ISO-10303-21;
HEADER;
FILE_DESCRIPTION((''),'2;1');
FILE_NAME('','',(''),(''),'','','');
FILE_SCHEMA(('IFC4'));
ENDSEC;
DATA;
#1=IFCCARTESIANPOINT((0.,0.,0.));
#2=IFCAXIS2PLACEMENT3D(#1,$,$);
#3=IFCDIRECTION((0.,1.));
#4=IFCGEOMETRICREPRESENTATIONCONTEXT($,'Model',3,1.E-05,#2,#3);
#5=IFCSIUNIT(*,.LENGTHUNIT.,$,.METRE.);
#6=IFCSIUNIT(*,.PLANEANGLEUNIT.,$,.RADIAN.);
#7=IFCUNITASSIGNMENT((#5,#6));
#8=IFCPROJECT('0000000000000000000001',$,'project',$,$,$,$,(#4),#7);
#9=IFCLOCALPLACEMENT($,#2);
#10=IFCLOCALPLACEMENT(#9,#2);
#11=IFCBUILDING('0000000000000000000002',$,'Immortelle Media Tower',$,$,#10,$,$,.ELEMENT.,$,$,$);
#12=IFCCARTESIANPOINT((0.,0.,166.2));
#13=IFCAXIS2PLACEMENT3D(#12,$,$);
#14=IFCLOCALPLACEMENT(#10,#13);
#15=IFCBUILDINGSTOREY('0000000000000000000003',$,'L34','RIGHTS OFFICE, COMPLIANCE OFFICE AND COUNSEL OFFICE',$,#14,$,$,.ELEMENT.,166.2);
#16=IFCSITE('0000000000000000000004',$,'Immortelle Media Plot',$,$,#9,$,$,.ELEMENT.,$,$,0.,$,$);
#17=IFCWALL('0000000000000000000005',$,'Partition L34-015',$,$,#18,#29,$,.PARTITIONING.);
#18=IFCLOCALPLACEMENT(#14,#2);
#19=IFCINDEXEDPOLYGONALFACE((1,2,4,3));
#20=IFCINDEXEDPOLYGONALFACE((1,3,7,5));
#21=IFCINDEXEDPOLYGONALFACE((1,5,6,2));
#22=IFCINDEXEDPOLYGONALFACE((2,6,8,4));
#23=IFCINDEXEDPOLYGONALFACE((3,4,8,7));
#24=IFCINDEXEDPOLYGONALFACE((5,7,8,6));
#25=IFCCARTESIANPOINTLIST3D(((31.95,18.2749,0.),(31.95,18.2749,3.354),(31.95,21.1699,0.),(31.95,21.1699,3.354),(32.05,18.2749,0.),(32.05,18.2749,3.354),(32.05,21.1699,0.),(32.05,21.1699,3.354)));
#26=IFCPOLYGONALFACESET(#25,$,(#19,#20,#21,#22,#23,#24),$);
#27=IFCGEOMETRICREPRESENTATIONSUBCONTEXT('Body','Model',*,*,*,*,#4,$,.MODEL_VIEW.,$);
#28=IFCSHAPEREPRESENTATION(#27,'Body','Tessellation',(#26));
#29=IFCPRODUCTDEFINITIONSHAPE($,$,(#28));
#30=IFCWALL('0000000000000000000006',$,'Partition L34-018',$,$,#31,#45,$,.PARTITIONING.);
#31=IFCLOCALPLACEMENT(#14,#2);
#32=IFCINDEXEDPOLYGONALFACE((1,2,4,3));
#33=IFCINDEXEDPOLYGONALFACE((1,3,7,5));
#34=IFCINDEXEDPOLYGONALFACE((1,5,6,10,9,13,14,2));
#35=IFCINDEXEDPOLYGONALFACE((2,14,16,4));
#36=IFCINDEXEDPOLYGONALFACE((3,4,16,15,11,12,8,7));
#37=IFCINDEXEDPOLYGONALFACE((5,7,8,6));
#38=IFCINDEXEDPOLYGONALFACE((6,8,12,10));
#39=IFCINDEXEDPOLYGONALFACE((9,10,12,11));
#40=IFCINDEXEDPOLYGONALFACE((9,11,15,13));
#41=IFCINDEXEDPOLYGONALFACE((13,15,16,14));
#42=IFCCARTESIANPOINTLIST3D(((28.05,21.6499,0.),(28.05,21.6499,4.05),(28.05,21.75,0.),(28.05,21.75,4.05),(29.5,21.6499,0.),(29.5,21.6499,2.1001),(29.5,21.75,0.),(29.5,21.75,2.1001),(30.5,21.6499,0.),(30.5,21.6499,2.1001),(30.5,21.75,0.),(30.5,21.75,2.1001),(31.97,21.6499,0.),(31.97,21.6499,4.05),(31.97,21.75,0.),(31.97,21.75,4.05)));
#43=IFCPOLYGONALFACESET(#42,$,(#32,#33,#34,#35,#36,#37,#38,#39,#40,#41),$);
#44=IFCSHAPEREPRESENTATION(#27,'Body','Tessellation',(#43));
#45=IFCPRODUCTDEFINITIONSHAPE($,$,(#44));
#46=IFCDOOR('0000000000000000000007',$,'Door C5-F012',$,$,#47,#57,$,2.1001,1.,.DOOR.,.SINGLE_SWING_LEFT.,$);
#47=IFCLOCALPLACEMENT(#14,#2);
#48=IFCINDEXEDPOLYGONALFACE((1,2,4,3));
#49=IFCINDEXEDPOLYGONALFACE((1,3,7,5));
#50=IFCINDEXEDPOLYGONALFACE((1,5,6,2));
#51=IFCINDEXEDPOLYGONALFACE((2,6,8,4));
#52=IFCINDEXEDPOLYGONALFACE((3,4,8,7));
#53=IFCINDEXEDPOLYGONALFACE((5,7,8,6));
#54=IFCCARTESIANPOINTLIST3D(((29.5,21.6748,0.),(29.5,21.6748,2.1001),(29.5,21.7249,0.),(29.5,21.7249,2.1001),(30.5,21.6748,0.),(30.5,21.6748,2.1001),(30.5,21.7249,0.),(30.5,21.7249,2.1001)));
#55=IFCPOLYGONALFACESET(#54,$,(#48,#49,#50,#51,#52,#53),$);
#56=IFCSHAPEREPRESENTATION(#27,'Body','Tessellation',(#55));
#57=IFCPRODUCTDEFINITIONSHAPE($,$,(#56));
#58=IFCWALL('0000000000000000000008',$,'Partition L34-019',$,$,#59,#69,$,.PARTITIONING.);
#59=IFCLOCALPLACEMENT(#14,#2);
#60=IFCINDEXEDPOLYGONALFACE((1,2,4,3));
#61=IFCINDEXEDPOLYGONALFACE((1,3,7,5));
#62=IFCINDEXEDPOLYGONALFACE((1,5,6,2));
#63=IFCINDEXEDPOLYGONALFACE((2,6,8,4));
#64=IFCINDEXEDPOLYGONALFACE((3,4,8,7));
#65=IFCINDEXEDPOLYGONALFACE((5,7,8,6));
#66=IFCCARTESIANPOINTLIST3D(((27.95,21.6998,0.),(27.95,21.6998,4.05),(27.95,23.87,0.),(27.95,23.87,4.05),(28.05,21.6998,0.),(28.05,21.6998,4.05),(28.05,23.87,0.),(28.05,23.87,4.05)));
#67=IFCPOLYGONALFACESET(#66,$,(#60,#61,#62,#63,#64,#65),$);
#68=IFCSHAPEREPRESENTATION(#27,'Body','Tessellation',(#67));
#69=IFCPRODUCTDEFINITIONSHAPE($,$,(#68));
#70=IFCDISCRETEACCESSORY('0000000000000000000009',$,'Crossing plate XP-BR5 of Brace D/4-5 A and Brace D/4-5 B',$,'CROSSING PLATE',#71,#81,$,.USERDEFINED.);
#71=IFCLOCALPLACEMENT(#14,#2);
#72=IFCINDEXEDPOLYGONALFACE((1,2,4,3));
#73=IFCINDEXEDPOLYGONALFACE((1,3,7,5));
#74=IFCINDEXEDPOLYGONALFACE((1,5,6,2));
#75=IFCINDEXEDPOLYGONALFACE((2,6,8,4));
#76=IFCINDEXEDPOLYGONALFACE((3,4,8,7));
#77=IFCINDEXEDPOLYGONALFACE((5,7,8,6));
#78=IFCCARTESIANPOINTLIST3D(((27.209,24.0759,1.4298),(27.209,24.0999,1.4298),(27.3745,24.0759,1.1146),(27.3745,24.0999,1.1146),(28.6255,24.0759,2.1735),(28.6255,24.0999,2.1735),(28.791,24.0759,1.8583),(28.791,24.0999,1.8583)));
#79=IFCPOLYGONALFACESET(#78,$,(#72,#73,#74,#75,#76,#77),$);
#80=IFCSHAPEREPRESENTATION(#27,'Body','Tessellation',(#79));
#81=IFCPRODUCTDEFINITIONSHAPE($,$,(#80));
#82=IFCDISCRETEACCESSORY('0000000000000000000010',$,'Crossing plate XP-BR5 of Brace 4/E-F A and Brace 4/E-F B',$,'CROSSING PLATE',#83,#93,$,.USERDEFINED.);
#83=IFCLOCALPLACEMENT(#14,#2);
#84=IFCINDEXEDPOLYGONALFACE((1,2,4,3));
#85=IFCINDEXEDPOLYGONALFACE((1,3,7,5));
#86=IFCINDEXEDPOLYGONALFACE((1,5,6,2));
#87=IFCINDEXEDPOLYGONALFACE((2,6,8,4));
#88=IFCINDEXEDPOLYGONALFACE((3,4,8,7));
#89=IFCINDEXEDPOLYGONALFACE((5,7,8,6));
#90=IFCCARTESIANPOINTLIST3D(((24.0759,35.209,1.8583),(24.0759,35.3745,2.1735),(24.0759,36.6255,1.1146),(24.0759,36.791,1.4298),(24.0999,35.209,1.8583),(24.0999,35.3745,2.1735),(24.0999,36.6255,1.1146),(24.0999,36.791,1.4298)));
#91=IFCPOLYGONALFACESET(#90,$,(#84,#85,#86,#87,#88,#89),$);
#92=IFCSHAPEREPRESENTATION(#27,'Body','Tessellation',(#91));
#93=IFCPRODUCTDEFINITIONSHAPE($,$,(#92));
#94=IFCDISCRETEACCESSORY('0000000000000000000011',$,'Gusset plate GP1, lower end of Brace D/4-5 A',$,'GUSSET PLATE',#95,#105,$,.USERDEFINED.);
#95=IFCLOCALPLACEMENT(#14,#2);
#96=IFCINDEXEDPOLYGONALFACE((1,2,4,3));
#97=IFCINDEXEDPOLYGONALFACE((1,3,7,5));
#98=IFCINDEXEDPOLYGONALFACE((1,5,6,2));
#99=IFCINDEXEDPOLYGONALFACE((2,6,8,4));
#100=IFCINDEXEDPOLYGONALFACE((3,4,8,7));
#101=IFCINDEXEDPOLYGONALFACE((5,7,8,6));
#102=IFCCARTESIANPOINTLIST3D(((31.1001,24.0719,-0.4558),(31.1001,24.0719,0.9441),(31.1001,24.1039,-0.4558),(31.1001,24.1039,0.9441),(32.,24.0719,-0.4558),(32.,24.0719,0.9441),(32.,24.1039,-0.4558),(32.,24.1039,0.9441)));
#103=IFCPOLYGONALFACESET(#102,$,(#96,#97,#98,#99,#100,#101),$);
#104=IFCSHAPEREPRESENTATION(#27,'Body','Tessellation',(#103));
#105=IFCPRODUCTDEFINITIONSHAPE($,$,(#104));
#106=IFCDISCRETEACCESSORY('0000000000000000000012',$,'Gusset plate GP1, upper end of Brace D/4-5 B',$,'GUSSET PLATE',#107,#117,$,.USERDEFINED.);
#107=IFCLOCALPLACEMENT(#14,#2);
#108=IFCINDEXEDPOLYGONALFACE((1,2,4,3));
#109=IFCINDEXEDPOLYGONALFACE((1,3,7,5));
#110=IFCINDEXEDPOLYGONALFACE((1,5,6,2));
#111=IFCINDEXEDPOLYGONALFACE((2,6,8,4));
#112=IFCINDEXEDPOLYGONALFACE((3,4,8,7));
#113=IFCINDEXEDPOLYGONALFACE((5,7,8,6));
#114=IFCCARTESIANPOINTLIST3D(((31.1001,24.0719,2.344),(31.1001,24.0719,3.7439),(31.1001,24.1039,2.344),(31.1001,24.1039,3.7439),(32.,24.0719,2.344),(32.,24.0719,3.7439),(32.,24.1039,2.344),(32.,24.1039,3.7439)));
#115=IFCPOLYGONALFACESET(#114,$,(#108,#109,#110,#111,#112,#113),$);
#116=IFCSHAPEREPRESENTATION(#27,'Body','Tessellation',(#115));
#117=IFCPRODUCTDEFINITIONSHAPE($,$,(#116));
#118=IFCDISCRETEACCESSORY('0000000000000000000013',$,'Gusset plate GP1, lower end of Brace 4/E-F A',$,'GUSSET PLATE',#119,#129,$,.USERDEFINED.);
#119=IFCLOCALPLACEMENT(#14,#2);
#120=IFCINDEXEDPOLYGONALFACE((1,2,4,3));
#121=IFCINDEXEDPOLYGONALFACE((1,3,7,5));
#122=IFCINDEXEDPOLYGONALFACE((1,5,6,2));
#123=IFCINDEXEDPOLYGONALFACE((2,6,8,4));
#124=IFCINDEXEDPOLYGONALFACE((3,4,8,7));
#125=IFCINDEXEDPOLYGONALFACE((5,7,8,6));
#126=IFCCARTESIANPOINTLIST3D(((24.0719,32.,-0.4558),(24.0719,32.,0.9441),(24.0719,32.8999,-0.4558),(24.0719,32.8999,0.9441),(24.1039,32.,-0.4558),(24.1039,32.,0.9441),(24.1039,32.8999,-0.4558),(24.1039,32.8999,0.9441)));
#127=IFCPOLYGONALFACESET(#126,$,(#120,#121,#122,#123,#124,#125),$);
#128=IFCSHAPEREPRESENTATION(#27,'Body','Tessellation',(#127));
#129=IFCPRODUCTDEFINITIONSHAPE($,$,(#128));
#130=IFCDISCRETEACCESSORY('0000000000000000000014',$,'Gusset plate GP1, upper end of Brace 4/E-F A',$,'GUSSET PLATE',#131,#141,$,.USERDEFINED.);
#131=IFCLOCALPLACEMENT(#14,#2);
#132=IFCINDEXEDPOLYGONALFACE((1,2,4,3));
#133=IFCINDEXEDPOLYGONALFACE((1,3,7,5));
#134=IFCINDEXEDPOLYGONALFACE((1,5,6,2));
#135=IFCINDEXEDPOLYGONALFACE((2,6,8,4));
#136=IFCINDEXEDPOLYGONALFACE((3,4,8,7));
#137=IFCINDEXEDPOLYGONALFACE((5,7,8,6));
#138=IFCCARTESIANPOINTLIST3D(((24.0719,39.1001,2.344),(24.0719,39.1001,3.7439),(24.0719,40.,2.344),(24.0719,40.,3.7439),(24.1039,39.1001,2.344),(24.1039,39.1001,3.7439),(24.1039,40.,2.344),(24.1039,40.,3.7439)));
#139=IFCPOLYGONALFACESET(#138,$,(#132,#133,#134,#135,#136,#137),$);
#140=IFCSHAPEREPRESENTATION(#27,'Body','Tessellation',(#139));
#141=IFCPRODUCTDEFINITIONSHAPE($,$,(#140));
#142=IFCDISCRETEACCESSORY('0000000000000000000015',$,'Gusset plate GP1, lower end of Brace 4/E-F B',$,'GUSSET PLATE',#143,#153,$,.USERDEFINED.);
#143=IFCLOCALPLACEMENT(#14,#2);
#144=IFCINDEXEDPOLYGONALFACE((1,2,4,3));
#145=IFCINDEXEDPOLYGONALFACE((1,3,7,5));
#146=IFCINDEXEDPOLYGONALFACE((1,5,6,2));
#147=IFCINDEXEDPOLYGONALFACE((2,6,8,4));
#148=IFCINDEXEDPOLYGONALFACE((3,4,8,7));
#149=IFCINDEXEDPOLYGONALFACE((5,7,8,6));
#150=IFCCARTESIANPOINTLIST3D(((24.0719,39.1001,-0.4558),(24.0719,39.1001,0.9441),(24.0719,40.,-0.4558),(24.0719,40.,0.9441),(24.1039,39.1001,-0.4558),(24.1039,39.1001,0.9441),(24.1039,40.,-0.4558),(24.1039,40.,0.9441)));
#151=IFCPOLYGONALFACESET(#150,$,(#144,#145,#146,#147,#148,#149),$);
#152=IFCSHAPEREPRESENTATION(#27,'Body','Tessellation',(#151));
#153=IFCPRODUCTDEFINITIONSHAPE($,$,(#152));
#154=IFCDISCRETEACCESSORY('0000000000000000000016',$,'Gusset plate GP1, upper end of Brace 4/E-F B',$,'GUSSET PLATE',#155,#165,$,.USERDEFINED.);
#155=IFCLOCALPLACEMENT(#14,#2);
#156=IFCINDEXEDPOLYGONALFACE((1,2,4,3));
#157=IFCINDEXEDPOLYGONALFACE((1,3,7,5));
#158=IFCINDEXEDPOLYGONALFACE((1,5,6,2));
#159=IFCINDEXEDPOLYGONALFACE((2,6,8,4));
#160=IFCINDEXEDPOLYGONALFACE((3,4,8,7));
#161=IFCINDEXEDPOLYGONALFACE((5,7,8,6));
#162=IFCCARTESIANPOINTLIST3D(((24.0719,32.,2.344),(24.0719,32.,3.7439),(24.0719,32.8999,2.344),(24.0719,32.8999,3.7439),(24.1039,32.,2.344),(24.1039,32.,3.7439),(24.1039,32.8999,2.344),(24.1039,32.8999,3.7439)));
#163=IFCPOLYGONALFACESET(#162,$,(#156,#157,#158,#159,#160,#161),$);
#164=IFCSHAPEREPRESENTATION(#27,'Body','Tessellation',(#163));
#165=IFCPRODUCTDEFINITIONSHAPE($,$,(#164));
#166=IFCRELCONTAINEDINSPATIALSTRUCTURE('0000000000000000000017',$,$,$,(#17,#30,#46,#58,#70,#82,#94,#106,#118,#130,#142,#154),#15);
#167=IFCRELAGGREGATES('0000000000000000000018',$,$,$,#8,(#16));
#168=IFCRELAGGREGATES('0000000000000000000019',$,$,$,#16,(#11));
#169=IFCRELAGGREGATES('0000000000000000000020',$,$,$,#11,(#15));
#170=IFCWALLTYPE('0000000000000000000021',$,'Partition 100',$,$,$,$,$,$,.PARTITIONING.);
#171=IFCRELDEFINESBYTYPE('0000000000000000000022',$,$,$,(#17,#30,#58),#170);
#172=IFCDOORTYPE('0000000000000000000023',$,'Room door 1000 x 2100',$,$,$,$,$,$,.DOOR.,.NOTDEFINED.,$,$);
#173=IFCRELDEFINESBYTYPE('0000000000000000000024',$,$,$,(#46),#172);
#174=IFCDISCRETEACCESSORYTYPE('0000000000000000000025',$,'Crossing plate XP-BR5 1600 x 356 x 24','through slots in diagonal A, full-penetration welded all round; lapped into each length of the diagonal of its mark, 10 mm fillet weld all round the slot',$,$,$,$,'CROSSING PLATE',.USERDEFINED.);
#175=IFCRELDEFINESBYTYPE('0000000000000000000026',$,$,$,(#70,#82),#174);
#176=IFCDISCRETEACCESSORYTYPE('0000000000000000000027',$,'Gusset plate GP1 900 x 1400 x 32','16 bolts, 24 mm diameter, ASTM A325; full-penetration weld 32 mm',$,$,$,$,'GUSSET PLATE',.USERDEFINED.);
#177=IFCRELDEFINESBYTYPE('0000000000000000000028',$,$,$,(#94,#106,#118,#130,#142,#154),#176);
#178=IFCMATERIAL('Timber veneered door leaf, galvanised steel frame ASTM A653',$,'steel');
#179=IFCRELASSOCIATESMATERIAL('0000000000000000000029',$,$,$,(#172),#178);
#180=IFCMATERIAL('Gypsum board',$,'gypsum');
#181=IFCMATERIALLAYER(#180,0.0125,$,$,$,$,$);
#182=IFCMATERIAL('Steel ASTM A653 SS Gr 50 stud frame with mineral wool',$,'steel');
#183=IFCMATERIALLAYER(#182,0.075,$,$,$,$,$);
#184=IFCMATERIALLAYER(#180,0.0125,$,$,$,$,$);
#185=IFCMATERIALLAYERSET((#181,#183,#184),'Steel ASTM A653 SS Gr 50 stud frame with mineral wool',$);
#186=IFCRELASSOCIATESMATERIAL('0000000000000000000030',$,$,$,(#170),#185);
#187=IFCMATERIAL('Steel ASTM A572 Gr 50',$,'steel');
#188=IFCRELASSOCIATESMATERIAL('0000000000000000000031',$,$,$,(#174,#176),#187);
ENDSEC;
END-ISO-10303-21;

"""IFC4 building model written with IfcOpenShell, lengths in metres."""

from ifc_helpers import new_model, si_unit, direction, frame, frame_2d, origin, origin_2d, place, context, subcontext, project, spatial, rectangle, extrude, material, layer, layer_set, material_profile, profile_set, type_object, element, fill, save


model = new_model("IFC4")

# Units and contexts
model_context = context("Model", 3, precision=1e-05, world=origin(), true_north=direction((0.0, 1.0)))
body_context = subcontext(model_context, "Body", "Model", "MODEL_VIEW")
ifc_project = project(units=[si_unit("LENGTHUNIT", "METRE"), si_unit("PLANEANGLEUNIT", "RADIAN")], contexts=[model_context])

# Site, building, storey
site_placement = place(None, origin())
site = spatial("IfcSite", under=ifc_project, at=site_placement, Name="Immortelle Media Plot", CompositionType="ELEMENT", RefElevation=0.0)
building_placement = place(site_placement, origin())
building = spatial("IfcBuilding", under=site, at=building_placement, Name="Immortelle Media Tower", CompositionType="ELEMENT")
storey_placement = place(building_placement, frame((0.0, 0.0, 166.2)))
storey = spatial("IfcBuildingStorey", under=building, at=storey_placement, Name="L34", Description="RIGHTS OFFICE, COMPLIANCE OFFICE AND COUNSEL OFFICE", CompositionType="ELEMENT", Elevation=166.2)

# Shared definitions
ifc_material_1 = material(Name="Steel ASTM A653 SS Gr 50 stud frame with mineral wool", Category="steel")
ifc_material_2 = material(Name="Timber veneered door leaf, galvanised steel frame ASTM A653", Category="steel")
door_type = type_object("IfcDoorType", Name="Room door 1000 x 2100", OperationType="NOTDEFINED", PredefinedType="DOOR", material=ifc_material_2)

# Wall
ifc_material_3 = material(Name="Gypsum board", Category="gypsum")
ifc_layer_1 = layer(ifc_material_3, 0.0125)
ifc_layer_2 = layer(ifc_material_1, 0.075)
ifc_layer_3 = layer(ifc_material_3, 0.0125)
ifc_layer_set_1 = layer_set([ifc_layer_1, ifc_layer_2, ifc_layer_3], Name="Steel ASTM A653 SS Gr 50 stud frame with mineral wool")
wall_type_1 = type_object("IfcWallType", Name="Partition 100", PredefinedType="PARTITIONING", material=ifc_layer_set_1)
wall_1_placement = place(storey_placement, frame((32.0, 18.2749, 0.0), z_axis=(0.0, 0.0, 1.0), x_axis=(0.0, 1.0, 0.0)))
element("IfcWall", 1, at=wall_1_placement, inside=storey, type_object=wall_type_1, Name="Partition L34-015", PredefinedType="PARTITIONING", context=body_context, shape_type="SweptSolid", body=[
    extrude(rectangle(XDim=2.895, YDim=0.1001, at=frame_2d((1.4475, 0.0))), origin(), (0.0, 0.0, 1.0), 3.354),
])

# Wall, opening, door
wall_2_placement = place(storey_placement, frame((28.05, 21.7, 0.0), z_axis=(0.0, 0.0, 1.0), x_axis=(1.0, 0.0, 0.0)))
wall_2 = element("IfcWall", 2, at=wall_2_placement, inside=storey, type_object=wall_type_1, Name="Partition L34-018", PredefinedType="PARTITIONING", context=body_context, shape_type="SweptSolid", body=[
    extrude(rectangle(XDim=3.9199, YDim=0.1001, at=frame_2d((1.96, 0.0))), origin(), (0.0, 0.0, 1.0), 4.05),
])
opening_1_placement = place(wall_2_placement, frame((1.45, 0.0, 0.0)))
opening_1 = element("IfcOpeningElement", 3, at=opening_1_placement, cuts=wall_2, PredefinedType="OPENING", context=body_context, shape_type="SweptSolid", body=[
    extrude(rectangle(XDim=1.0, YDim=2.1001, at=frame_2d((0.5, 1.05))), frame((0.0, 0.0601, 0.0), z_axis=(0.0, -1.0, 0.0), x_axis=(1.0, 0.0, 0.0)), (0.0, 0.0, 1.0), 0.1201),
])
door_1_placement = place(opening_1_placement, origin())
door_1 = element("IfcDoor", 4, at=door_1_placement, inside=storey, type_object=door_type, Name="Door C5-F012", OperationType="SINGLE_SWING_LEFT", OverallHeight=2.1001, OverallWidth=1.0, PredefinedType="DOOR", context=body_context, shape_type="SweptSolid", body=[
    extrude(rectangle(XDim=1.0, YDim=2.1001, at=frame_2d((0.5, 1.05))), frame((0.0, 0.0249, 0.0), z_axis=(0.0, -1.0, 0.0), x_axis=(1.0, 0.0, 0.0)), (0.0, 0.0, 1.0), 0.05),
])
fill(opening_1, door_1)

# Wall
wall_3_placement = place(storey_placement, frame((28.0, 21.7, 0.0), z_axis=(0.0, 0.0, 1.0), x_axis=(0.0, 1.0, 0.0)))
element("IfcWall", 5, at=wall_3_placement, inside=storey, type_object=wall_type_1, Name="Partition L34-019", PredefinedType="PARTITIONING", context=body_context, shape_type="SweptSolid", body=[
    extrude(rectangle(XDim=2.1702, YDim=0.1001, at=frame_2d((1.085, 0.0))), origin(), (0.0, 0.0, 1.0), 4.05),
])

# Discrete accessories
ifc_material_4 = material(Name="Steel ASTM A572 Gr 50", Category="steel")
ifc_material_profile_1 = material_profile(ifc_material_4, rectangle(XDim=0.0239, YDim=0.356, at=origin_2d()), Name="PL 24 x 356")
ifc_profile_set_1 = profile_set([ifc_material_profile_1], Name="Steel ASTM A572 Gr 50")
discrete_accessory_type_1 = type_object("IfcDiscreteAccessoryType", Name="Crossing plate XP-BR5 1600 x 356 x 24", Description="through slots in diagonal A, full-penetration welded all round; lapped into each length of the diagonal of its mark, 10 mm fillet weld all round the slot", ElementType="CROSSING PLATE", PredefinedType="USERDEFINED", material=ifc_profile_set_1)
for number, where, z_axis, x_axis, name in (
    (6, (28.7083, 24.0879, 2.0159), (-0.885401, 0.0, -0.464828), (0.0, -1.0, 0.0), "Crossing plate XP-BR5 of Brace D/4-5 A and Brace D/4-5 B"),
    (7, (24.0879, 35.2917, 2.0159), (0.0, 0.885401, -0.464828), (-1.0, 0.0, 0.0), "Crossing plate XP-BR5 of Brace 4/E-F A and Brace 4/E-F B"),
):
    element("IfcDiscreteAccessory", number, at=place(storey_placement, frame(where, z_axis=z_axis, x_axis=x_axis)), inside=storey, type_object=discrete_accessory_type_1, Name=name, ObjectType="CROSSING PLATE", PredefinedType="USERDEFINED", context=body_context, shape_type="SweptSolid", body=[
        extrude(rectangle(XDim=0.0239, YDim=0.356, at=origin_2d()), origin(), (0.0, 0.0, 1.0), 1.5999),
    ])
ifc_material_profile_2 = material_profile(ifc_material_4, rectangle(XDim=0.032, YDim=1.3999, at=origin_2d()), Name="PL 32 x 1400")
ifc_profile_set_2 = profile_set([ifc_material_profile_2], Name="Steel ASTM A572 Gr 50")
discrete_accessory_type_2 = type_object("IfcDiscreteAccessoryType", Name="Gusset plate GP1 900 x 1400 x 32", Description="16 bolts, 24 mm diameter, ASTM A325; full-penetration weld 32 mm", ElementType="GUSSET PLATE", PredefinedType="USERDEFINED", material=ifc_profile_set_2)
for number, where, z_axis, x_axis, name in (
    (8, (32.0, 24.0879, 0.2441), (-1.0, 0.0, 0.0), (0.0, -1.0, 0.0), "Gusset plate GP1, lower end of Brace D/4-5 A"),
    (9, (32.0, 24.0879, 3.0439), (-1.0, 0.0, 0.0), (0.0, -1.0, 0.0), "Gusset plate GP1, upper end of Brace D/4-5 B"),
    (10, (24.0879, 32.0, 0.2441), (0.0, 1.0, 0.0), (-1.0, 0.0, 0.0), "Gusset plate GP1, lower end of Brace 4/E-F A"),
    (11, (24.0879, 40.0, 3.0439), (0.0, -1.0, 0.0), (1.0, 0.0, 0.0), "Gusset plate GP1, upper end of Brace 4/E-F A"),
    (12, (24.0879, 40.0, 0.2441), (0.0, -1.0, 0.0), (1.0, 0.0, 0.0), "Gusset plate GP1, lower end of Brace 4/E-F B"),
    (13, (24.0879, 32.0, 3.0439), (0.0, 1.0, 0.0), (-1.0, 0.0, 0.0), "Gusset plate GP1, upper end of Brace 4/E-F B"),
):
    element("IfcDiscreteAccessory", number, at=place(storey_placement, frame(where, z_axis=z_axis, x_axis=x_axis)), inside=storey, type_object=discrete_accessory_type_2, Name=name, ObjectType="GUSSET PLATE", PredefinedType="USERDEFINED", context=body_context, shape_type="SweptSolid", body=[
        extrude(rectangle(XDim=0.032, YDim=1.3999, at=origin_2d()), origin(), (0.0, 0.0, 1.0), 0.8999),
    ])

save(model, "model.ifc")
